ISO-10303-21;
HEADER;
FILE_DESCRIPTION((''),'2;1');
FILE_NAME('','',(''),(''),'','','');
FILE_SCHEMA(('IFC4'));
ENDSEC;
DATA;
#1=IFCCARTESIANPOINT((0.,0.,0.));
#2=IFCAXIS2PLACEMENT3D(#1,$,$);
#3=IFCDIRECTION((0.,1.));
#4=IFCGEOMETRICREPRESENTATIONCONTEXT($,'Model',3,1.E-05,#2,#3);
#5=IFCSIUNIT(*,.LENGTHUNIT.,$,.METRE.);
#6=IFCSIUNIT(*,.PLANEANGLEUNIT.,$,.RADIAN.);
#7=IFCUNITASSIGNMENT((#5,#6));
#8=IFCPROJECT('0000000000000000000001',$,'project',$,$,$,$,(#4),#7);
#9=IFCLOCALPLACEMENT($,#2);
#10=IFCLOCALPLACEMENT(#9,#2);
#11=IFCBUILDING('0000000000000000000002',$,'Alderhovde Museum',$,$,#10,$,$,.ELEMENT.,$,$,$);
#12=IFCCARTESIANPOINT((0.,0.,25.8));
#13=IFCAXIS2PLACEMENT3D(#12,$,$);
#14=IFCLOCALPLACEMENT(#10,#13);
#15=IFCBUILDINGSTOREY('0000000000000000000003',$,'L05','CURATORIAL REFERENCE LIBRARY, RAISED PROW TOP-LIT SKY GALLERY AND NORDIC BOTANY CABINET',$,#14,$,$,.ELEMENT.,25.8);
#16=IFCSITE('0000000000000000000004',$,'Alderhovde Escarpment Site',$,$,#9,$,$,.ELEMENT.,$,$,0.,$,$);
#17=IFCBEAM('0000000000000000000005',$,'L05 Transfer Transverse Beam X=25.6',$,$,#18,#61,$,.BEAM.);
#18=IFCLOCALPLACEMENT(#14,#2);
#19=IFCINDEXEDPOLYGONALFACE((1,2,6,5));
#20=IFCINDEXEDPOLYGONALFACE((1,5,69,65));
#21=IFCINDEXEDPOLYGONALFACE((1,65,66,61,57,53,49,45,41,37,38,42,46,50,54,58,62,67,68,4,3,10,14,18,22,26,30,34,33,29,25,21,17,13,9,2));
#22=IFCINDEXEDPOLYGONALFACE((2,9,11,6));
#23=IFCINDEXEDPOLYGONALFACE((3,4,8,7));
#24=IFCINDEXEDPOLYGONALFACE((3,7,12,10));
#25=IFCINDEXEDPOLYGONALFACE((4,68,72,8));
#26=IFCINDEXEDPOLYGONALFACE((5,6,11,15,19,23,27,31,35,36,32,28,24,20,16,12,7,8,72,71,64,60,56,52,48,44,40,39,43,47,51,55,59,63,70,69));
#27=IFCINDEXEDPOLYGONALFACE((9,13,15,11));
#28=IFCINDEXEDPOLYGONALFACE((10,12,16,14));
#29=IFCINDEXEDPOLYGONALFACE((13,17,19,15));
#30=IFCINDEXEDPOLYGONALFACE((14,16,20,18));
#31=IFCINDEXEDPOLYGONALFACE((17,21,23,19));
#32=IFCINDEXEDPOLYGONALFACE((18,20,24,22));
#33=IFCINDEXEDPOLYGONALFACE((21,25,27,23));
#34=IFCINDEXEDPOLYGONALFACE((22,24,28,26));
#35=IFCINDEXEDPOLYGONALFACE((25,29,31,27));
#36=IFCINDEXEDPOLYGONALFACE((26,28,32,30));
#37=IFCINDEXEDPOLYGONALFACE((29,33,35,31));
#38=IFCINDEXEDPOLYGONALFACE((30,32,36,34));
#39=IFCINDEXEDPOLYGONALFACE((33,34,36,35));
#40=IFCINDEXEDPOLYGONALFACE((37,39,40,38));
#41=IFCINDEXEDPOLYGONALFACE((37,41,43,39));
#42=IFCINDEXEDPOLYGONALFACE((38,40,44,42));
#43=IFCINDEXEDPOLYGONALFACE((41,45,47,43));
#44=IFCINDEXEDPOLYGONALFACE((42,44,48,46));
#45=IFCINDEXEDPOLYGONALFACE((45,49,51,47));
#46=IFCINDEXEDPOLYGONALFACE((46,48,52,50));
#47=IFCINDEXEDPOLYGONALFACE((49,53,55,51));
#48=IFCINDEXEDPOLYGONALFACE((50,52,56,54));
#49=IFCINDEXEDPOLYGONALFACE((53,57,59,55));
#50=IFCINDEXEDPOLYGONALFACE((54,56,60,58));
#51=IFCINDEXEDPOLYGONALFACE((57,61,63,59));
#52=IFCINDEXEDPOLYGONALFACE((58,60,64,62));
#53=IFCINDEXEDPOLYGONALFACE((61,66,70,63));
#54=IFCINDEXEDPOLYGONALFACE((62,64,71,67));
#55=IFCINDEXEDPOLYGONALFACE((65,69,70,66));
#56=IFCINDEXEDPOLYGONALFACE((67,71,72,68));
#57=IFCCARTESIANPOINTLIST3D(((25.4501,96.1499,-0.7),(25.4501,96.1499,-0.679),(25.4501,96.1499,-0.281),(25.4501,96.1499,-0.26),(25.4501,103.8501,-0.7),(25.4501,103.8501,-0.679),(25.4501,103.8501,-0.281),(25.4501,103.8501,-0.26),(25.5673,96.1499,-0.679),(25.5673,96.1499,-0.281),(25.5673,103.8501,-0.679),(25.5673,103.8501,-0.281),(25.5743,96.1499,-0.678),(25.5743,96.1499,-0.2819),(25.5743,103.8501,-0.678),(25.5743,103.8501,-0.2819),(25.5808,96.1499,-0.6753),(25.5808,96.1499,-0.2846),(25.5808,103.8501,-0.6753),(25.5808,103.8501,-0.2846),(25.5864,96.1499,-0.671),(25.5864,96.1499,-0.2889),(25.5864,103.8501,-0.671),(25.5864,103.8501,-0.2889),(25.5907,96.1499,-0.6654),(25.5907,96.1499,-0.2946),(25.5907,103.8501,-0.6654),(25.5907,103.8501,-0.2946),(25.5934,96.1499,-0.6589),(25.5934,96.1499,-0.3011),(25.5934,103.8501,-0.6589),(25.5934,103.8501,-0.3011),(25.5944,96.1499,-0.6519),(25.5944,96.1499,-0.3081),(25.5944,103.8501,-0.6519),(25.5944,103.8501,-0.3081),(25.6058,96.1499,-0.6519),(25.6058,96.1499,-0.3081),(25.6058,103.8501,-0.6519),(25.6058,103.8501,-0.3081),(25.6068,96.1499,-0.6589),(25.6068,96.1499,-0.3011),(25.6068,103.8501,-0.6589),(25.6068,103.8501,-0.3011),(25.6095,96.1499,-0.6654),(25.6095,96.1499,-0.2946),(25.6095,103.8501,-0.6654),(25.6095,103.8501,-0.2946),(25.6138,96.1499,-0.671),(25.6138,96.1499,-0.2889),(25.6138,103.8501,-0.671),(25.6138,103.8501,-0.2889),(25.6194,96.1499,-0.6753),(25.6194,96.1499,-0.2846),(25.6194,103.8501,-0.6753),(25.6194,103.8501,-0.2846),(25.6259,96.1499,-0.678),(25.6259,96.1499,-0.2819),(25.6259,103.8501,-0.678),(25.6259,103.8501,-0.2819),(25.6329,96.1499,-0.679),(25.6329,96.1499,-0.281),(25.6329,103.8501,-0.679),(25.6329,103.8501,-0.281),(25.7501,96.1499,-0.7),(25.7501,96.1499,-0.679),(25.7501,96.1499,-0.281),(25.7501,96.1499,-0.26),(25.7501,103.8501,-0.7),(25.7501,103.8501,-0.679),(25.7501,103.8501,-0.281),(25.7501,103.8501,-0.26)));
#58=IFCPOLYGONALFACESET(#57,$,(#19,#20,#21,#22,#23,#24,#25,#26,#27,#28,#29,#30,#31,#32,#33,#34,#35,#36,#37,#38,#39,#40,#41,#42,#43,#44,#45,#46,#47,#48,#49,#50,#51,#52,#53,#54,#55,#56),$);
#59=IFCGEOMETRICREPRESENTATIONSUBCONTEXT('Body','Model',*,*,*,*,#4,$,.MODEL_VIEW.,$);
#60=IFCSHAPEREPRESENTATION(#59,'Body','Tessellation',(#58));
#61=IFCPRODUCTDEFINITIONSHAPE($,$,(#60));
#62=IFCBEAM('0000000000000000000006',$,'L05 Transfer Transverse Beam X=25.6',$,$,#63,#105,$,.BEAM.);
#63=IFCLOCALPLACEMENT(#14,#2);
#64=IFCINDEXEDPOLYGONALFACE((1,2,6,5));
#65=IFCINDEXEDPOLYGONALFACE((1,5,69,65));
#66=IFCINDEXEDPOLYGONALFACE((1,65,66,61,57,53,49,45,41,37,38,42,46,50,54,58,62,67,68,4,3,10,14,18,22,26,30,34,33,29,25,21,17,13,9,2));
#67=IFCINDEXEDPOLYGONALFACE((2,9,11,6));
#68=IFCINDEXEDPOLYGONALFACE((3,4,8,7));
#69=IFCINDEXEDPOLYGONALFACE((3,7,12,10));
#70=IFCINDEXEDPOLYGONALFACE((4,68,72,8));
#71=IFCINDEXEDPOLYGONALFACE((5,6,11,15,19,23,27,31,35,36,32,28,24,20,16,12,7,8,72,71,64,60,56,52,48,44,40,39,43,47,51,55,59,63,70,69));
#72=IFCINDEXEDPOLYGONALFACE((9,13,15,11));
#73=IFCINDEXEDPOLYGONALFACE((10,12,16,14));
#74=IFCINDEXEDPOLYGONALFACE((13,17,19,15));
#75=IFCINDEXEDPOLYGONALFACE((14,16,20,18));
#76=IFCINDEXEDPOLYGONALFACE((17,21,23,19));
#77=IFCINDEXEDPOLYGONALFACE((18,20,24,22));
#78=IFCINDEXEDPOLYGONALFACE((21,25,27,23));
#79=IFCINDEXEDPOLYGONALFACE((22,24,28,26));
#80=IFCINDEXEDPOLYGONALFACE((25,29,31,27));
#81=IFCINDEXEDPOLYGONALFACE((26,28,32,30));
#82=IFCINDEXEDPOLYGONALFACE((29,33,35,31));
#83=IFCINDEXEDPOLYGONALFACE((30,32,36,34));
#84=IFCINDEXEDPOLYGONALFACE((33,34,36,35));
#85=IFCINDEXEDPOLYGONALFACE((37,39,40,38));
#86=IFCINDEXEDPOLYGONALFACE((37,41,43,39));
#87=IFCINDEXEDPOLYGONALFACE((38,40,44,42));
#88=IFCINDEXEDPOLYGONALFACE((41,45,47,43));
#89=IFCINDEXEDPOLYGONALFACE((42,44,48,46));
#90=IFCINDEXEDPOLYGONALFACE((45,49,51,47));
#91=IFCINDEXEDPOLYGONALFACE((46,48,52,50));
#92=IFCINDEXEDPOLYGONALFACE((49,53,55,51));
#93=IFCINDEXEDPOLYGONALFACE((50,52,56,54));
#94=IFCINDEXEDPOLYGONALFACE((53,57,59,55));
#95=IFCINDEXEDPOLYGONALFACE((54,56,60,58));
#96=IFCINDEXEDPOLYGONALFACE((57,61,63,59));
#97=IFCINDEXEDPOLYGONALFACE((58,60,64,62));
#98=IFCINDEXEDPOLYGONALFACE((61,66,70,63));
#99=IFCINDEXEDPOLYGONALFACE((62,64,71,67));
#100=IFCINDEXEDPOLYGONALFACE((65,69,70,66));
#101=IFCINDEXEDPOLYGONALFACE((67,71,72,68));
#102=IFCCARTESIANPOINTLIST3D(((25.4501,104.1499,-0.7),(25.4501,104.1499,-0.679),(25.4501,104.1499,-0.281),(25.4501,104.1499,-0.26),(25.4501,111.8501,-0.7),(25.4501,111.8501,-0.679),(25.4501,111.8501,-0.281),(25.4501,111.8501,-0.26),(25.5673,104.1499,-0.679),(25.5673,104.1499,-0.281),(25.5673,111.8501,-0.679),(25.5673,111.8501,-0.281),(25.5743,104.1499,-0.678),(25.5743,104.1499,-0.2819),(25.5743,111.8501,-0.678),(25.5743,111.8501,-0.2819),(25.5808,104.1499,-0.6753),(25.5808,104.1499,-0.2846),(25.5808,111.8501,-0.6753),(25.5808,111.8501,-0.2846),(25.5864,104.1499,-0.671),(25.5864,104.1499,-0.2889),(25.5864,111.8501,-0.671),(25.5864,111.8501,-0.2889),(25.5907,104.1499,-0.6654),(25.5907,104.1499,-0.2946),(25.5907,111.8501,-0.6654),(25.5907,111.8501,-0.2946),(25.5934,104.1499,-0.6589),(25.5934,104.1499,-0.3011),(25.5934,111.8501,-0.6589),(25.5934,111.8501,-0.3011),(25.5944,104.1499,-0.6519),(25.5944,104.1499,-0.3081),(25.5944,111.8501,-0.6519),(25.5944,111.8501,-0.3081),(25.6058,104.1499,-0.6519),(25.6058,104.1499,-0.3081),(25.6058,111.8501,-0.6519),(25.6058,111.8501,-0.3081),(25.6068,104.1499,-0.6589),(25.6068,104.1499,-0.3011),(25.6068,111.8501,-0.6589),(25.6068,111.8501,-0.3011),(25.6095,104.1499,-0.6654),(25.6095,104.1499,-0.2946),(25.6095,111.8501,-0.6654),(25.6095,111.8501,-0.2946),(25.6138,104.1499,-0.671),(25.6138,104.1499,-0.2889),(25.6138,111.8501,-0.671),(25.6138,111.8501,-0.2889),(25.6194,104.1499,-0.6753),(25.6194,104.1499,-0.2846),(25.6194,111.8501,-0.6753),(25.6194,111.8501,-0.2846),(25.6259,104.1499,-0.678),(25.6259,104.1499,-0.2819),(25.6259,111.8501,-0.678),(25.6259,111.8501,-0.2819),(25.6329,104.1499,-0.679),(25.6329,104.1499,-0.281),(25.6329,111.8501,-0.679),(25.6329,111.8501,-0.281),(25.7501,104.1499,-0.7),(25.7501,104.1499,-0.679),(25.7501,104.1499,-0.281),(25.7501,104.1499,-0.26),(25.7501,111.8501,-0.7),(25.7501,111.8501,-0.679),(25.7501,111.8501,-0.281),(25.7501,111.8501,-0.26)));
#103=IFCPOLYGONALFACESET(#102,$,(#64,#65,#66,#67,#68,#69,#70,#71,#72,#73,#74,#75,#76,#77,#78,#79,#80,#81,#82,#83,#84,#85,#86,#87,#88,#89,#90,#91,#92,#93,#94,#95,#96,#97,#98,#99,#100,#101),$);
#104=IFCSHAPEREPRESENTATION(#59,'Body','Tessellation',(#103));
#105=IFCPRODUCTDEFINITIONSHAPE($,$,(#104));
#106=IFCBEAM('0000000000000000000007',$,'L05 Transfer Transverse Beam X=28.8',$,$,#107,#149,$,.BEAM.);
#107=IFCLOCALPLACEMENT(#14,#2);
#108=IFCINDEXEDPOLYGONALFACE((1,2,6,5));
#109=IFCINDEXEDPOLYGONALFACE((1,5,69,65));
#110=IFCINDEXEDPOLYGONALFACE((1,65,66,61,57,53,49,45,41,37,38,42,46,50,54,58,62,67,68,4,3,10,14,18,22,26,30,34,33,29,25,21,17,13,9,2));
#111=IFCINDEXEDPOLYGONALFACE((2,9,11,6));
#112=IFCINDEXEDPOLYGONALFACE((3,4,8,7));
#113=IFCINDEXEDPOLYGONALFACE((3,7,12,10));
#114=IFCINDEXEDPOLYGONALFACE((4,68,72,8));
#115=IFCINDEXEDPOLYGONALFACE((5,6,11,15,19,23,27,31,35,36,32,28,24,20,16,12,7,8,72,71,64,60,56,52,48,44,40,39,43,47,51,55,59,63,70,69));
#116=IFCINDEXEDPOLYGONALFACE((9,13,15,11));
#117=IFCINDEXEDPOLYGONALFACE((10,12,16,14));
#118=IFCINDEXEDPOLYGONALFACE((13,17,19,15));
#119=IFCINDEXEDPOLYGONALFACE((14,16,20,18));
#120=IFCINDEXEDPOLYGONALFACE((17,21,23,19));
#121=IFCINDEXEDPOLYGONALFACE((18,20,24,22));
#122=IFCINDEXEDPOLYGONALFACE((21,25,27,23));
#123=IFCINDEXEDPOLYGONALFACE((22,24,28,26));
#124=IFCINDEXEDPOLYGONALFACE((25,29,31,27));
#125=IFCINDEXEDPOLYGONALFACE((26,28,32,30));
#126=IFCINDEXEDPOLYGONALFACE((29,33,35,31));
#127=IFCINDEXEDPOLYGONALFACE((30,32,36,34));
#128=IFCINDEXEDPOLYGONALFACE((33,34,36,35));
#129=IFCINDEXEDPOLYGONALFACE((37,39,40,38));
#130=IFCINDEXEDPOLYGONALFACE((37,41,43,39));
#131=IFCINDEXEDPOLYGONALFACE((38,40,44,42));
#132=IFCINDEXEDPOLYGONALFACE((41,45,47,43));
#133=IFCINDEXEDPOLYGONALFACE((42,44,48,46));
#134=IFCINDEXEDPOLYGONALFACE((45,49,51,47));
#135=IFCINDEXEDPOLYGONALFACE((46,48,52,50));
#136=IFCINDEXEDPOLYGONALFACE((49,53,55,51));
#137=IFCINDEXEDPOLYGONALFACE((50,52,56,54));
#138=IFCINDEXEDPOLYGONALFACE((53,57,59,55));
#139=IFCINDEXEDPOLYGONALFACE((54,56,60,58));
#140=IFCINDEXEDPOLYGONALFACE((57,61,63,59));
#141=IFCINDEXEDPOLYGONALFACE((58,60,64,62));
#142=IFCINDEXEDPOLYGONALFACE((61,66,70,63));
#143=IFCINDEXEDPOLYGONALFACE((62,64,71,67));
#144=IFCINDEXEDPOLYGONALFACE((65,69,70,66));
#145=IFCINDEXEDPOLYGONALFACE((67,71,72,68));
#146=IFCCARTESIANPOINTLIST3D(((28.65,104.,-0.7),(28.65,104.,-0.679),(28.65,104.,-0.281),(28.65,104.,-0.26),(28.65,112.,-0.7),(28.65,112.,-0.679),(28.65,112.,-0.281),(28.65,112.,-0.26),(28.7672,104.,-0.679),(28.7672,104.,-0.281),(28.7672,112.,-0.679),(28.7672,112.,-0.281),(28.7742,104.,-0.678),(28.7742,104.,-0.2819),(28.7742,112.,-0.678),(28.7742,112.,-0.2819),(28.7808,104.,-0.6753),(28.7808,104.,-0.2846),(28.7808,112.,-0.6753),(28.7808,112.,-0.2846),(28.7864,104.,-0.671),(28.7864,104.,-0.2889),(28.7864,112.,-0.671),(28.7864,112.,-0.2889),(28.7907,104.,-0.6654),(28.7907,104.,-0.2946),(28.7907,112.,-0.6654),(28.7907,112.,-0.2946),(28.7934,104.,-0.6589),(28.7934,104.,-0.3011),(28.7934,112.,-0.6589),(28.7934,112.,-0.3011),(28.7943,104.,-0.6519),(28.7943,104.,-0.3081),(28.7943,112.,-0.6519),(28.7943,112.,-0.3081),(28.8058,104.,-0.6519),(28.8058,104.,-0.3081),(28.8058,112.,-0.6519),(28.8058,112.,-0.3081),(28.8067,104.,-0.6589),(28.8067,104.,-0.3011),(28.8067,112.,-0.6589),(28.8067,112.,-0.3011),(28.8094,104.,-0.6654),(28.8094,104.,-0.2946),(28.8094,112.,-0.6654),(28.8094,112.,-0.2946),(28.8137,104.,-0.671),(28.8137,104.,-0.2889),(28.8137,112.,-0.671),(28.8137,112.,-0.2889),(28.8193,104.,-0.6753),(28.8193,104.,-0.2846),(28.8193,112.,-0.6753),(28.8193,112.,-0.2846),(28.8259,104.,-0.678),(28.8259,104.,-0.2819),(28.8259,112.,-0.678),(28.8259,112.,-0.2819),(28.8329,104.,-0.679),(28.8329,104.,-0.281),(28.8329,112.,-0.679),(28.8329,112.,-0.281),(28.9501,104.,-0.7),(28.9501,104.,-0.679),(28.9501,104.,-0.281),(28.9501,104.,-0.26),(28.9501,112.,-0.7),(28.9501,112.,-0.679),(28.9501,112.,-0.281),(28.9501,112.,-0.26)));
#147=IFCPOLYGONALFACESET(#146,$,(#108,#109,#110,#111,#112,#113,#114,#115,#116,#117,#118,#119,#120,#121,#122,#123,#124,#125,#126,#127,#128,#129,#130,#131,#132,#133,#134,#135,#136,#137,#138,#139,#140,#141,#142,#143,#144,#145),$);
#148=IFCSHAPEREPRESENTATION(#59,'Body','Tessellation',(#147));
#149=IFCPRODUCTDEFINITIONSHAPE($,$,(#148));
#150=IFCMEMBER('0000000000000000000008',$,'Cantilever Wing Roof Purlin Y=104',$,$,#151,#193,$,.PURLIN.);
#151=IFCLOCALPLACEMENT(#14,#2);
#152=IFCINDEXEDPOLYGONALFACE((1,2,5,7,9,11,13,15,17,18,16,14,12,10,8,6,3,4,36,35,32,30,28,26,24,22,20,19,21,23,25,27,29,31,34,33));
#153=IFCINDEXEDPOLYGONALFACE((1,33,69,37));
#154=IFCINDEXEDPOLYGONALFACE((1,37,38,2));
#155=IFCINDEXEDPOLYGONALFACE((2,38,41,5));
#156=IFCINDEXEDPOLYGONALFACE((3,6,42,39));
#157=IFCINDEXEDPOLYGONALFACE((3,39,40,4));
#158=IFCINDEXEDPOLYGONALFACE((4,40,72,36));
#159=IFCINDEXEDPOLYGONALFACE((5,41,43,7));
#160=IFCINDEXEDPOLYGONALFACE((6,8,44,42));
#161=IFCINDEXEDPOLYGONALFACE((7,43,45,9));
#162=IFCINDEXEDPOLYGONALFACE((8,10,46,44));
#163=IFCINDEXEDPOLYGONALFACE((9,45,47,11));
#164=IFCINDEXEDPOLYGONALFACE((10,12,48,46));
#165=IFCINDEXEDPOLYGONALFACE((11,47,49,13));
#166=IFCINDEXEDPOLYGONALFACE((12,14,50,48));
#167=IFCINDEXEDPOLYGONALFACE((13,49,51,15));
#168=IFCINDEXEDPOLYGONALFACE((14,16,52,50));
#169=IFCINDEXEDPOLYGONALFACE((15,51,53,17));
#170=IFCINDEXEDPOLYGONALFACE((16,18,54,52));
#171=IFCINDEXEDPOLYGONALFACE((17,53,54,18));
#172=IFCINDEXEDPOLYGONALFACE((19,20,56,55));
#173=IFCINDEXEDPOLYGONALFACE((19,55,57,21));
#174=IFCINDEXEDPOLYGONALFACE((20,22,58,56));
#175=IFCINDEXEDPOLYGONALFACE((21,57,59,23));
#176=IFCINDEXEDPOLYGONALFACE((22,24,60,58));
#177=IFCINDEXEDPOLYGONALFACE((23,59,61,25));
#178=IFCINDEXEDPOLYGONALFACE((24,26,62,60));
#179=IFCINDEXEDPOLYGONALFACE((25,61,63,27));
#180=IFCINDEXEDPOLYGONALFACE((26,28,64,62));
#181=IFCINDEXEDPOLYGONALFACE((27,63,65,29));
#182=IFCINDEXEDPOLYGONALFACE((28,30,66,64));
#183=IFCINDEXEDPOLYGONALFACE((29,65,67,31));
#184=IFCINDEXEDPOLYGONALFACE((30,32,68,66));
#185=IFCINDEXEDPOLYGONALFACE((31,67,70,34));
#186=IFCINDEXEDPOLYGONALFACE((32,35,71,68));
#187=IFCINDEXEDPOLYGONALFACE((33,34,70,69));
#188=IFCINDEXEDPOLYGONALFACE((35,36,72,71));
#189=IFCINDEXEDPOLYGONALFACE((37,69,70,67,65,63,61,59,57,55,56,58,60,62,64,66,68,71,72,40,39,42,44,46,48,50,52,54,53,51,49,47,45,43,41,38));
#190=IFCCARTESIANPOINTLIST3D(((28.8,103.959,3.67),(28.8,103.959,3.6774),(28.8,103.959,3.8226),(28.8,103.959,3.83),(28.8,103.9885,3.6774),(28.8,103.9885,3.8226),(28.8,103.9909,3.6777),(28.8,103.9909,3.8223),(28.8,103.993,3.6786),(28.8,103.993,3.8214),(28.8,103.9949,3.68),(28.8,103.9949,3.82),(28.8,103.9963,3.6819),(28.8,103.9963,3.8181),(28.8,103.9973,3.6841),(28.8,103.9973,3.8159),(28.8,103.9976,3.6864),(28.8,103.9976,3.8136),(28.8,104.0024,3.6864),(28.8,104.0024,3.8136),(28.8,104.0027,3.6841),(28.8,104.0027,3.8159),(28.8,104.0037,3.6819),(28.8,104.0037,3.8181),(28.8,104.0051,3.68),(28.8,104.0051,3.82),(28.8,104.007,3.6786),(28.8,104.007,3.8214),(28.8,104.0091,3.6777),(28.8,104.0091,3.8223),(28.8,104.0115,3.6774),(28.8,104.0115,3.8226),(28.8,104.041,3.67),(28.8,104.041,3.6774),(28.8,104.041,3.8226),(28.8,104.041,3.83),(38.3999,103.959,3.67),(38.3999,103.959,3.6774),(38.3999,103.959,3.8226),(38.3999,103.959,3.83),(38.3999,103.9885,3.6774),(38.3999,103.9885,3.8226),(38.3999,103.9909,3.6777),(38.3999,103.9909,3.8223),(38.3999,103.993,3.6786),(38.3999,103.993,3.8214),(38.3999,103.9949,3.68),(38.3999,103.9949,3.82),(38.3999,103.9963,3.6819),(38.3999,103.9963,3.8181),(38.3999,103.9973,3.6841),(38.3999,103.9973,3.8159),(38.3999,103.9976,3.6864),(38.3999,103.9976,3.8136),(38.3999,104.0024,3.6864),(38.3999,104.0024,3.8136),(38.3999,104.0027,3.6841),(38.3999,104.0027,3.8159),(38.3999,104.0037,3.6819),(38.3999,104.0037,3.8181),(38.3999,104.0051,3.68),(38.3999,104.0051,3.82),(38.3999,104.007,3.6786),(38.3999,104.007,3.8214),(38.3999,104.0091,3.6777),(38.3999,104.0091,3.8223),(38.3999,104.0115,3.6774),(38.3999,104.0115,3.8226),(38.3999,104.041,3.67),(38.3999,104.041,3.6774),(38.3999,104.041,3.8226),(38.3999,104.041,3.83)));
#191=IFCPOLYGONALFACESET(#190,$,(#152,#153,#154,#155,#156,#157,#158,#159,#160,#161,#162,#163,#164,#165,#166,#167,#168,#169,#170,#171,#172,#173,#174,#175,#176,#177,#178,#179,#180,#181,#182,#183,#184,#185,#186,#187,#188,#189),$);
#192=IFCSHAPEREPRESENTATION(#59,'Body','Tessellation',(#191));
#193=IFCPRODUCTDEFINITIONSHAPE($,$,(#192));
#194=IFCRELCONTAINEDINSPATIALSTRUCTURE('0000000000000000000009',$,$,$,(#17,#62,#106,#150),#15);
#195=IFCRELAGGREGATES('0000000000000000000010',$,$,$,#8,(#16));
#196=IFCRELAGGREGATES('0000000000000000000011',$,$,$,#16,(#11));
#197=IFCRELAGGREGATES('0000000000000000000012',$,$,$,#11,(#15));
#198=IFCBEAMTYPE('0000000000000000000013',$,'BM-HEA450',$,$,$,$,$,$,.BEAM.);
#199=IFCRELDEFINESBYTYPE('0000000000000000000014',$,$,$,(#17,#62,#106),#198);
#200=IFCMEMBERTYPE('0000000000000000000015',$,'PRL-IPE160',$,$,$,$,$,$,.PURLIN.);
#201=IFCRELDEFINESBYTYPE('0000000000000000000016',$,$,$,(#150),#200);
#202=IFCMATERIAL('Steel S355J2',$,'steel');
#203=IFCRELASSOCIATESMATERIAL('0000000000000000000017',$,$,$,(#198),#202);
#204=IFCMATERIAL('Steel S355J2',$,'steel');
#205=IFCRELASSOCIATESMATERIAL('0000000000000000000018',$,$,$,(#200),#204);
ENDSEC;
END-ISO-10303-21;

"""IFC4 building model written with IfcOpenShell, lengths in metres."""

from ifc_helpers import new_model, si_unit, direction, frame, origin, origin_2d, place, context, subcontext, project, spatial, i_section, extrude, material, material_profile, profile_set, type_object, element, save


model = new_model("IFC4")

# Units and contexts
model_context = context("Model", 3, precision=1e-05, world=origin(), true_north=direction((0.0, 1.0)))
body_context = subcontext(model_context, "Body", "Model", "MODEL_VIEW")
ifc_project = project(units=[si_unit("LENGTHUNIT", "METRE"), si_unit("PLANEANGLEUNIT", "RADIAN")], contexts=[model_context])

# Site, building, storey
site_placement = place(None, origin())
site = spatial("IfcSite", under=ifc_project, at=site_placement, Name="Alderhovde Escarpment Site", CompositionType="ELEMENT", RefElevation=0.0)
building_placement = place(site_placement, origin())
building = spatial("IfcBuilding", under=site, at=building_placement, Name="Alderhovde Museum", CompositionType="ELEMENT")
storey_placement = place(building_placement, frame((0.0, 0.0, 25.8)))
storey = spatial("IfcBuildingStorey", under=building, at=storey_placement, Name="L05", Description="CURATORIAL REFERENCE LIBRARY, RAISED PROW TOP-LIT SKY GALLERY AND NORDIC BOTANY CABINET", CompositionType="ELEMENT", Elevation=25.8)

# Beams
ifc_material_1 = material(Name="Steel S355J2", Category="steel")
ifc_material_profile_1 = material_profile(ifc_material_1, i_section(OverallWidth=0.3, OverallDepth=0.4399, WebThickness=0.0115, FlangeThickness=0.021, FilletRadius=0.0271, at=origin_2d()), Name="HEA 450")
ifc_profile_set_1 = profile_set([ifc_material_profile_1], Name="Steel S355J2")
beam_type_1 = type_object("IfcBeamType", Name="BM-HEA450", PredefinedType="BEAM", material=ifc_profile_set_1)
for number, where, z_axis, x_axis, name in (
    (1, (25.6001, 96.1499, -0.48), (0.0, 1.0, 0.0), (-1.0, 0.0, 0.0), "L05 Transfer Transverse Beam X=25.6"),
    (2, (25.6001, 104.1499, -0.48), (0.0, 1.0, 0.0), (-1.0, 0.0, 0.0), "L05 Transfer Transverse Beam X=25.6"),
):
    element("IfcBeam", number, at=place(storey_placement, frame(where, z_axis=z_axis, x_axis=x_axis)), inside=storey, type_object=beam_type_1, Name=name, PredefinedType="BEAM", context=body_context, shape_type="SweptSolid", body=[
        extrude(i_section(OverallWidth=0.3, OverallDepth=0.4399, WebThickness=0.0115, FlangeThickness=0.021, FilletRadius=0.0271, at=origin_2d()), origin(), (0.0, 0.0, 1.0), 7.7002),
    ])
beam_1_placement = place(storey_placement, frame((28.8, 104.0, -0.48), z_axis=(0.0, 1.0, 0.0), x_axis=(-1.0, 0.0, 0.0)))
element("IfcBeam", 3, at=beam_1_placement, inside=storey, type_object=beam_type_1, Name="L05 Transfer Transverse Beam X=28.8", PredefinedType="BEAM", context=body_context, shape_type="SweptSolid", body=[
    extrude(i_section(OverallWidth=0.3, OverallDepth=0.4399, WebThickness=0.0115, FlangeThickness=0.021, FilletRadius=0.0271, at=origin_2d()), origin(), (0.0, 0.0, 1.0), 8.0),
])

# Member
ifc_material_2 = material(Name="Steel S355J2", Category="steel")
ifc_material_profile_2 = material_profile(ifc_material_2, i_section(OverallWidth=0.082, OverallDepth=0.1599, WebThickness=0.0049, FlangeThickness=0.0073, FilletRadius=0.009, at=origin_2d()), Name="IPE 160")
ifc_profile_set_2 = profile_set([ifc_material_profile_2], Name="Steel S355J2")
member_type_1 = type_object("IfcMemberType", Name="PRL-IPE160", PredefinedType="PURLIN", material=ifc_profile_set_2)
member_1_placement = place(storey_placement, frame((28.8, 104.0, 3.75), z_axis=(1.0, 0.0, 0.0), x_axis=(0.0, 1.0, 0.0)))
element("IfcMember", 4, at=member_1_placement, inside=storey, type_object=member_type_1, Name="Cantilever Wing Roof Purlin Y=104", PredefinedType="PURLIN", context=body_context, shape_type="SweptSolid", body=[
    extrude(i_section(OverallWidth=0.082, OverallDepth=0.1599, WebThickness=0.0049, FlangeThickness=0.0073, FilletRadius=0.009, at=origin_2d()), origin(), (0.0, 0.0, 1.0), 9.5999),
])

save(model, "model.ifc")
